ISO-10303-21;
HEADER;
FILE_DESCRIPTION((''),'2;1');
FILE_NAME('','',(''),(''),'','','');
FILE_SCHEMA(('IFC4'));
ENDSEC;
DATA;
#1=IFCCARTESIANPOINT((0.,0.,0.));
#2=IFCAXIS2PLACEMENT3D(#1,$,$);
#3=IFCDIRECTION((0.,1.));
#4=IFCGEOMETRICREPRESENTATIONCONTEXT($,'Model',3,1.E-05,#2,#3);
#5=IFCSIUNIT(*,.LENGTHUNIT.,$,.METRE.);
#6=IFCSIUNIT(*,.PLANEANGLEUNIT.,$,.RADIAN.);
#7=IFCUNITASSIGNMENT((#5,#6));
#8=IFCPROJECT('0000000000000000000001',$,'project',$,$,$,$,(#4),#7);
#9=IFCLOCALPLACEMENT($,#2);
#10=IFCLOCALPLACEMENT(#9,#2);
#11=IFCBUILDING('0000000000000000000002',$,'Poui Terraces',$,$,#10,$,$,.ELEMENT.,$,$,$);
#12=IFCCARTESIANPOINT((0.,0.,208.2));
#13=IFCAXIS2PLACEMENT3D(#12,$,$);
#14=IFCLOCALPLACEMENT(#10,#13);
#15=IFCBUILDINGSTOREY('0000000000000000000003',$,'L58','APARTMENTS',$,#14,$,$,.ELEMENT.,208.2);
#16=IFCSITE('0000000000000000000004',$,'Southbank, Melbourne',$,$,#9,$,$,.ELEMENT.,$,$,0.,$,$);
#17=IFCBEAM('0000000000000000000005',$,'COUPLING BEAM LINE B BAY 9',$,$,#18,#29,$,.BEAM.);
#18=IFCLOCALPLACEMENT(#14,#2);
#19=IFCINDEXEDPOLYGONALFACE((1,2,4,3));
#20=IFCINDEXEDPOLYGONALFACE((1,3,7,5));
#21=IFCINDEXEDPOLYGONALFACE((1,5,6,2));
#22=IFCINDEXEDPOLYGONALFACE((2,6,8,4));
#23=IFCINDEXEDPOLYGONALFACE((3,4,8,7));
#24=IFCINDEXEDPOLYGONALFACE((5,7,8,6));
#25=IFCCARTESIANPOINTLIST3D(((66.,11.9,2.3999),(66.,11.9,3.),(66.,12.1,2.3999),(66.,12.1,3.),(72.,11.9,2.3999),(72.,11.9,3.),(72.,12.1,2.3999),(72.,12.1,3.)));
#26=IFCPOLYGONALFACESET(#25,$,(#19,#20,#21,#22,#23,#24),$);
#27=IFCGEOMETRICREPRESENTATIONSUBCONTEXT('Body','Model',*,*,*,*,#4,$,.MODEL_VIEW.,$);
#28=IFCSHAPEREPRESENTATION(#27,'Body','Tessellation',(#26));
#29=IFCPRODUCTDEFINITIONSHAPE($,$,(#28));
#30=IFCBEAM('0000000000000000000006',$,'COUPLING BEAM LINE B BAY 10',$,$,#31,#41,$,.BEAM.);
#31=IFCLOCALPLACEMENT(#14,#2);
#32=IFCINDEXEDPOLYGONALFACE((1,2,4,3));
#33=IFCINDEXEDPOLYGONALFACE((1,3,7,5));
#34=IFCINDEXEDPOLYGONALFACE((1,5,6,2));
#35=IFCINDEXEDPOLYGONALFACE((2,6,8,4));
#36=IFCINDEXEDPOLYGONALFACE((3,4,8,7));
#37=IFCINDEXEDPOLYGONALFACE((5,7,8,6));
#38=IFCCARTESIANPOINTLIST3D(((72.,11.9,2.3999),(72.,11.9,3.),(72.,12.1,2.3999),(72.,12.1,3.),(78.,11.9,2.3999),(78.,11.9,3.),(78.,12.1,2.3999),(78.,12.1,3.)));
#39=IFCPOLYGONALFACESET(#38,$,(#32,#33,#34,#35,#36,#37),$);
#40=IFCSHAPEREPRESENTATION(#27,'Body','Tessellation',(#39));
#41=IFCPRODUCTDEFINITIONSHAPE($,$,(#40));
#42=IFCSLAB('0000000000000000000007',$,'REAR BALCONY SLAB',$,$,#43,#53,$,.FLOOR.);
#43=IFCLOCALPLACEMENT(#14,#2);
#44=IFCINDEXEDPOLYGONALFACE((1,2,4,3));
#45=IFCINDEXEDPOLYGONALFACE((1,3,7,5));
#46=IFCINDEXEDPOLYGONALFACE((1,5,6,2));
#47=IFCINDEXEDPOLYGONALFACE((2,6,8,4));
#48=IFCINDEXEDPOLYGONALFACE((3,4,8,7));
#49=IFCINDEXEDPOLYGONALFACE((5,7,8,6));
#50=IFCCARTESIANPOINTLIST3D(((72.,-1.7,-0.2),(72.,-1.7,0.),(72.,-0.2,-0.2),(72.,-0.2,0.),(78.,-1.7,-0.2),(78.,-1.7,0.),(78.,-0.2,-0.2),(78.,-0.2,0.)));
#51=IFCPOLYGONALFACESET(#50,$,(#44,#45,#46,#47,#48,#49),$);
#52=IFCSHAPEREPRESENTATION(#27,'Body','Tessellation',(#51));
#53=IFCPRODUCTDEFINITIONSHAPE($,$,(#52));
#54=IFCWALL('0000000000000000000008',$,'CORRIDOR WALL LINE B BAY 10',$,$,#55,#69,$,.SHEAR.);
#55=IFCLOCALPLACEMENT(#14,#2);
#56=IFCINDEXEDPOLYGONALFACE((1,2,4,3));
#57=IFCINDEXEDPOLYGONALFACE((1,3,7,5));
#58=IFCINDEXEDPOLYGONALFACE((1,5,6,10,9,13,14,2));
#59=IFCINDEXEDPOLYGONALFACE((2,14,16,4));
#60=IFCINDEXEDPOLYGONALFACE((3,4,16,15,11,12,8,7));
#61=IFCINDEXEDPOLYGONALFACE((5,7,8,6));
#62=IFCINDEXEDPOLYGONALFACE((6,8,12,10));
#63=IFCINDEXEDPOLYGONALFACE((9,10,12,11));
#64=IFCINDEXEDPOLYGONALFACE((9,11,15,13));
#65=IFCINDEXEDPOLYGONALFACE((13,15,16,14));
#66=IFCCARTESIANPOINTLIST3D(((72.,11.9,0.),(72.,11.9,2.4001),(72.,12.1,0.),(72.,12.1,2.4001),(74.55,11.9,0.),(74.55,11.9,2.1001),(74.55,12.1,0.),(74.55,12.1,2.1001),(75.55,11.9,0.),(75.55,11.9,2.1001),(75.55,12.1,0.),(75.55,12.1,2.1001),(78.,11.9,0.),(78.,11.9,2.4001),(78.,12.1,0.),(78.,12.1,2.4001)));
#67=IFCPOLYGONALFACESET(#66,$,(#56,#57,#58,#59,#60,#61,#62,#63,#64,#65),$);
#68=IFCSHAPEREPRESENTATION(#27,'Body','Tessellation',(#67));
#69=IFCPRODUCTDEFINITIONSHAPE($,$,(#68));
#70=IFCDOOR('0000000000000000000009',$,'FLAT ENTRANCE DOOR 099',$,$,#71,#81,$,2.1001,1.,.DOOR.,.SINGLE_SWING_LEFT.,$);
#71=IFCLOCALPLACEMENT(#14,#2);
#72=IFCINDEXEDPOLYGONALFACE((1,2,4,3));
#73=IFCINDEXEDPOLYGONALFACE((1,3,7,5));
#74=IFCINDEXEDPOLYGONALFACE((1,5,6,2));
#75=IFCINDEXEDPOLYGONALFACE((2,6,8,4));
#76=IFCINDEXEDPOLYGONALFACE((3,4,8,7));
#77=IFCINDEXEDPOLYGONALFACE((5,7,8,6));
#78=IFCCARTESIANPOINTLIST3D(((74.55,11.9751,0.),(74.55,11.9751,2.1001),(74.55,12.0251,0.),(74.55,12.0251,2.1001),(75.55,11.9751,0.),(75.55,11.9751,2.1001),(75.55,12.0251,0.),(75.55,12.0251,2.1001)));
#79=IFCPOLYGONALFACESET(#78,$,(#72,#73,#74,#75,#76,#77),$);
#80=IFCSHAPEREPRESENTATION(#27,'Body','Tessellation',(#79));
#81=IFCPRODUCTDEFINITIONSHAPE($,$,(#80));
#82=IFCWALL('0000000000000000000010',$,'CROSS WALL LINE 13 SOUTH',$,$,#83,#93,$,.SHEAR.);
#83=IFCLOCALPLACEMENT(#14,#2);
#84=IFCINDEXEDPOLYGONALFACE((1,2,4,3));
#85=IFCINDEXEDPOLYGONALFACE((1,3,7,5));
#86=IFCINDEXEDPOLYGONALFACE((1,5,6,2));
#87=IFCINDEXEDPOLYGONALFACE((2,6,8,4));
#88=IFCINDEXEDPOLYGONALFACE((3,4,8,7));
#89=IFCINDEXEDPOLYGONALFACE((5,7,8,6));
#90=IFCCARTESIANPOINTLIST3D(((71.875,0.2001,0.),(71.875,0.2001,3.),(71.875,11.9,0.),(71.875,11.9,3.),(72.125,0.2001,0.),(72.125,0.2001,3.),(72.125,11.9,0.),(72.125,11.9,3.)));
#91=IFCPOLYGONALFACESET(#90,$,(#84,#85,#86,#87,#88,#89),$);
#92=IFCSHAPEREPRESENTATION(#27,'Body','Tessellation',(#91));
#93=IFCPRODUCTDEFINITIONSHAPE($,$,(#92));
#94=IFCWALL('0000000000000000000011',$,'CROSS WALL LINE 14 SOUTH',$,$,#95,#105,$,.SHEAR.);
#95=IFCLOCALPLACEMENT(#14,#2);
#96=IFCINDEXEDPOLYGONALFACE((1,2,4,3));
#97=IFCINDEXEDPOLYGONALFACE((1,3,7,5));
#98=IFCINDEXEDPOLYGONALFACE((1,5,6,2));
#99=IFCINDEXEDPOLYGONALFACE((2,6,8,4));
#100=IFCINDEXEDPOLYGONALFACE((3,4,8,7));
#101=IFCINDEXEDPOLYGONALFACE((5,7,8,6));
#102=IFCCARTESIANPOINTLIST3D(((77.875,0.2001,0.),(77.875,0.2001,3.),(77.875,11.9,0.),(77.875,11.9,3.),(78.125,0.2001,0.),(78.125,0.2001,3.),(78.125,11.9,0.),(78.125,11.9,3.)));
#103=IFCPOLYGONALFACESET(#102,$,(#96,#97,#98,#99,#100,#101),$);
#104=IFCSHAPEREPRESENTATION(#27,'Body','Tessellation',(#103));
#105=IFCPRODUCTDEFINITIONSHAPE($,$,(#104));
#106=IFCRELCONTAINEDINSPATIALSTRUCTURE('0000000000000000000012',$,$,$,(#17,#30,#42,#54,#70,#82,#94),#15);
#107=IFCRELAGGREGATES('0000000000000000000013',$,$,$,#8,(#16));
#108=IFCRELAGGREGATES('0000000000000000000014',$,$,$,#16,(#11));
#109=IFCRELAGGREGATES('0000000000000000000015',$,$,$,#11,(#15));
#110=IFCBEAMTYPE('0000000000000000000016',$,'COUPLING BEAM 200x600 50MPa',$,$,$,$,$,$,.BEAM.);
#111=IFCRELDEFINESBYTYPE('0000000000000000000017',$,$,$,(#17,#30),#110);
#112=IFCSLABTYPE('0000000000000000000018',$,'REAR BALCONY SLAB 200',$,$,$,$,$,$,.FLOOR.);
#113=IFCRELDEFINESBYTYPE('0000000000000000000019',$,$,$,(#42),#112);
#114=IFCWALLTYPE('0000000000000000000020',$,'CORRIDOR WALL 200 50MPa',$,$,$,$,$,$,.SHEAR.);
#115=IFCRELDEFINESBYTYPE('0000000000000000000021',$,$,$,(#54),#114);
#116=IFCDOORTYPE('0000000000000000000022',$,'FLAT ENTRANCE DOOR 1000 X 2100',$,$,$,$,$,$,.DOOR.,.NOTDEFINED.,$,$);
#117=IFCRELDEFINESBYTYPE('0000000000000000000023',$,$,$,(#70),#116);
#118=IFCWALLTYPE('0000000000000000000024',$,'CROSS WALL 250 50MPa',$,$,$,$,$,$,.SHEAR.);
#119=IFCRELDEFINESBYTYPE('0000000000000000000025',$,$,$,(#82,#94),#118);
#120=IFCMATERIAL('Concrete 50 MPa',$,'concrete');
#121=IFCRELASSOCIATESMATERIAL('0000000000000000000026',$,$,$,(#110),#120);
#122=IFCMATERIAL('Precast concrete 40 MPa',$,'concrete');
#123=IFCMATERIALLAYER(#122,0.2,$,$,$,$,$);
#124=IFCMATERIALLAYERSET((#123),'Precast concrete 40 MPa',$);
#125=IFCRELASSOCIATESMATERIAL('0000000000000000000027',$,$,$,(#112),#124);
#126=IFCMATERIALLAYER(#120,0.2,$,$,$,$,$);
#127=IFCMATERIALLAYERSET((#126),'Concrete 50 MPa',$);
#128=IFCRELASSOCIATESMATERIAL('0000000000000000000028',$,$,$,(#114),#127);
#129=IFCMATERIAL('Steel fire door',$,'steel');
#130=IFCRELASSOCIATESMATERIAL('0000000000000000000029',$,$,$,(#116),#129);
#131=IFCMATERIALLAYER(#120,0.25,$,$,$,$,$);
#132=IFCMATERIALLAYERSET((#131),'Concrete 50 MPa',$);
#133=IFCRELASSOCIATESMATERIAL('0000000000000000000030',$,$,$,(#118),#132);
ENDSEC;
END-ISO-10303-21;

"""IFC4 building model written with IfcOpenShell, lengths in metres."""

from ifc_helpers import new_model, si_unit, direction, frame, frame_2d, origin, origin_2d, place, context, subcontext, project, spatial, polyline, rectangle, outline, extrude, source, transform, mapped, material, layer, layer_set, material_profile, profile_set, type_object, element, fill, save


model = new_model("IFC4")

# Units and contexts
model_context = context("Model", 3, precision=1e-05, world=origin(), true_north=direction((0.0, 1.0)))
body_context = subcontext(model_context, "Body", "Model", "MODEL_VIEW")
ifc_project = project(units=[si_unit("LENGTHUNIT", "METRE"), si_unit("PLANEANGLEUNIT", "RADIAN")], contexts=[model_context])

# Site, building, storey
site_placement = place(None, origin())
site = spatial("IfcSite", under=ifc_project, at=site_placement, Name="Southbank, Melbourne", CompositionType="ELEMENT", RefElevation=0.0)
building_placement = place(site_placement, origin())
building = spatial("IfcBuilding", under=site, at=building_placement, Name="Poui Terraces", CompositionType="ELEMENT")
storey_placement = place(building_placement, frame((0.0, 0.0, 208.2)))
storey = spatial("IfcBuildingStorey", under=building, at=storey_placement, Name="L58", Description="APARTMENTS", CompositionType="ELEMENT", Elevation=208.2)

# Beams
ifc_material_1 = material(Name="Concrete 50 MPa", Category="concrete")
ifc_material_profile_1 = material_profile(ifc_material_1, rectangle(XDim=0.2, YDim=0.6001, at=origin_2d()), Name="RC 200x600")
ifc_profile_set_1 = profile_set([ifc_material_profile_1], Name="Concrete 50 MPa")
beam_type = type_object("IfcBeamType", Name="COUPLING BEAM 200x600 50MPa", PredefinedType="BEAM", material=ifc_profile_set_1)
shared_shape_1 = source(origin(), body_context, "Body", "SweptSolid", [
    extrude(rectangle(XDim=0.2, YDim=0.6001, at=origin_2d()), origin(), (0.0, 0.0, 1.0), 6.0),
])
for number, where, z_axis, x_axis, name in (
    (1, (66.0, 12.0, 2.7), (1.0, 0.0, 0.0), (0.0, 1.0, 0.0), "COUPLING BEAM LINE B BAY 9"),
    (2, (72.0, 12.0, 2.7), (1.0, 0.0, 0.0), (0.0, 1.0, 0.0), "COUPLING BEAM LINE B BAY 10"),
):
    element("IfcBeam", number, at=place(storey_placement, frame(where, z_axis=z_axis, x_axis=x_axis)), inside=storey, type_object=beam_type, Name=name, PredefinedType="BEAM", context=body_context, shape_type="MappedRepresentation", body=[
        mapped(shared_shape_1, transform((0.0, 0.0, 0.0))),
    ])

# Slab
ifc_material_2 = material(Name="Precast concrete 40 MPa", Category="concrete")
ifc_layer_1 = layer(ifc_material_2, 0.2)
ifc_layer_set_1 = layer_set([ifc_layer_1], Name="Precast concrete 40 MPa")
slab_type = type_object("IfcSlabType", Name="REAR BALCONY SLAB 200", PredefinedType="FLOOR", material=ifc_layer_set_1)
shared_shape_2 = source(origin(), body_context, "Body", "SweptSolid", [
    extrude(outline(polyline([(0.0, 0.0), (6.0, 0.0), (6.0, 1.5), (0.0, 1.5), (0.0, 0.0)])), origin(), (0.0, 0.0, 1.0), 0.2),
])
slab_placement = place(storey_placement, frame((72.0, -1.7, -0.2)))
element("IfcSlab", 3, at=slab_placement, inside=storey, type_object=slab_type, Name="REAR BALCONY SLAB", PredefinedType="FLOOR", context=body_context, shape_type="MappedRepresentation", body=[
    mapped(shared_shape_2, transform((0.0, 0.0, 0.0))),
])

# Wall, opening, door
ifc_layer_2 = layer(ifc_material_1, 0.2)
ifc_layer_set_2 = layer_set([ifc_layer_2], Name="Concrete 50 MPa")
wall_type_1 = type_object("IfcWallType", Name="CORRIDOR WALL 200 50MPa", PredefinedType="SHEAR", material=ifc_layer_set_2)
wall_1_placement = place(storey_placement, frame((72.0, 12.0, 0.0), z_axis=(0.0, 0.0, 1.0), x_axis=(1.0, 0.0, 0.0)))
wall_1 = element("IfcWall", 4, at=wall_1_placement, inside=storey, type_object=wall_type_1, Name="CORRIDOR WALL LINE B BAY 10", PredefinedType="SHEAR", context=body_context, shape_type="SweptSolid", body=[
    extrude(rectangle(XDim=6.0, YDim=0.2, at=frame_2d((3.0, 0.0))), origin(), (0.0, 0.0, 1.0), 2.4001),
])
opening_1_placement = place(wall_1_placement, frame((2.55, 0.0, 0.0)))
opening_1 = element("IfcOpeningElement", 5, at=opening_1_placement, cuts=wall_1, PredefinedType="OPENING", context=body_context, shape_type="SweptSolid", body=[
    extrude(rectangle(XDim=1.0, YDim=2.1001, at=frame_2d((0.5, 1.05))), frame((0.0, 0.1099, 0.0), z_axis=(0.0, -1.0, 0.0), x_axis=(1.0, 0.0, 0.0)), (0.0, 0.0, 1.0), 0.22),
])
ifc_material_3 = material(Name="Steel fire door", Category="steel")
door_type_1 = type_object("IfcDoorType", Name="FLAT ENTRANCE DOOR 1000 X 2100", OperationType="NOTDEFINED", PredefinedType="DOOR", material=ifc_material_3)
door_1_placement = place(opening_1_placement, frame((1.0, 0.0, 0.0), z_axis=(0.0, 0.0, 1.0), x_axis=(-1.0, 0.0, 0.0)))
door_1 = element("IfcDoor", 6, at=door_1_placement, inside=storey, type_object=door_type_1, Name="FLAT ENTRANCE DOOR 099", OperationType="SINGLE_SWING_LEFT", OverallHeight=2.1001, OverallWidth=1.0, PredefinedType="DOOR", context=body_context, shape_type="SweptSolid", body=[
    extrude(rectangle(XDim=1.0, YDim=2.1001, at=frame_2d((0.5, 1.05))), frame((0.0, 0.0249, 0.0), z_axis=(0.0, -1.0, 0.0), x_axis=(1.0, 0.0, 0.0)), (0.0, 0.0, 1.0), 0.05),
])
fill(opening_1, door_1)

# Walls
ifc_layer_3 = layer(ifc_material_1, 0.25)
ifc_layer_set_3 = layer_set([ifc_layer_3], Name="Concrete 50 MPa")
wall_type_2 = type_object("IfcWallType", Name="CROSS WALL 250 50MPa", PredefinedType="SHEAR", material=ifc_layer_set_3)
for number, where, z_axis, x_axis, name in (
    (7, (72.0, 0.2, 0.0), (0.0, 0.0, 1.0), (0.0, 1.0, 0.0), "CROSS WALL LINE 13 SOUTH"),
    (8, (78.0, 0.2, 0.0), (0.0, 0.0, 1.0), (0.0, 1.0, 0.0), "CROSS WALL LINE 14 SOUTH"),
):
    element("IfcWall", number, at=place(storey_placement, frame(where, z_axis=z_axis, x_axis=x_axis)), inside=storey, type_object=wall_type_2, Name=name, PredefinedType="SHEAR", context=body_context, shape_type="SweptSolid", body=[
        extrude(rectangle(XDim=11.7, YDim=0.25, at=frame_2d((5.8501, 0.0))), origin(), (0.0, 0.0, 1.0), 3.0),
    ])

save(model, "model.ifc")
